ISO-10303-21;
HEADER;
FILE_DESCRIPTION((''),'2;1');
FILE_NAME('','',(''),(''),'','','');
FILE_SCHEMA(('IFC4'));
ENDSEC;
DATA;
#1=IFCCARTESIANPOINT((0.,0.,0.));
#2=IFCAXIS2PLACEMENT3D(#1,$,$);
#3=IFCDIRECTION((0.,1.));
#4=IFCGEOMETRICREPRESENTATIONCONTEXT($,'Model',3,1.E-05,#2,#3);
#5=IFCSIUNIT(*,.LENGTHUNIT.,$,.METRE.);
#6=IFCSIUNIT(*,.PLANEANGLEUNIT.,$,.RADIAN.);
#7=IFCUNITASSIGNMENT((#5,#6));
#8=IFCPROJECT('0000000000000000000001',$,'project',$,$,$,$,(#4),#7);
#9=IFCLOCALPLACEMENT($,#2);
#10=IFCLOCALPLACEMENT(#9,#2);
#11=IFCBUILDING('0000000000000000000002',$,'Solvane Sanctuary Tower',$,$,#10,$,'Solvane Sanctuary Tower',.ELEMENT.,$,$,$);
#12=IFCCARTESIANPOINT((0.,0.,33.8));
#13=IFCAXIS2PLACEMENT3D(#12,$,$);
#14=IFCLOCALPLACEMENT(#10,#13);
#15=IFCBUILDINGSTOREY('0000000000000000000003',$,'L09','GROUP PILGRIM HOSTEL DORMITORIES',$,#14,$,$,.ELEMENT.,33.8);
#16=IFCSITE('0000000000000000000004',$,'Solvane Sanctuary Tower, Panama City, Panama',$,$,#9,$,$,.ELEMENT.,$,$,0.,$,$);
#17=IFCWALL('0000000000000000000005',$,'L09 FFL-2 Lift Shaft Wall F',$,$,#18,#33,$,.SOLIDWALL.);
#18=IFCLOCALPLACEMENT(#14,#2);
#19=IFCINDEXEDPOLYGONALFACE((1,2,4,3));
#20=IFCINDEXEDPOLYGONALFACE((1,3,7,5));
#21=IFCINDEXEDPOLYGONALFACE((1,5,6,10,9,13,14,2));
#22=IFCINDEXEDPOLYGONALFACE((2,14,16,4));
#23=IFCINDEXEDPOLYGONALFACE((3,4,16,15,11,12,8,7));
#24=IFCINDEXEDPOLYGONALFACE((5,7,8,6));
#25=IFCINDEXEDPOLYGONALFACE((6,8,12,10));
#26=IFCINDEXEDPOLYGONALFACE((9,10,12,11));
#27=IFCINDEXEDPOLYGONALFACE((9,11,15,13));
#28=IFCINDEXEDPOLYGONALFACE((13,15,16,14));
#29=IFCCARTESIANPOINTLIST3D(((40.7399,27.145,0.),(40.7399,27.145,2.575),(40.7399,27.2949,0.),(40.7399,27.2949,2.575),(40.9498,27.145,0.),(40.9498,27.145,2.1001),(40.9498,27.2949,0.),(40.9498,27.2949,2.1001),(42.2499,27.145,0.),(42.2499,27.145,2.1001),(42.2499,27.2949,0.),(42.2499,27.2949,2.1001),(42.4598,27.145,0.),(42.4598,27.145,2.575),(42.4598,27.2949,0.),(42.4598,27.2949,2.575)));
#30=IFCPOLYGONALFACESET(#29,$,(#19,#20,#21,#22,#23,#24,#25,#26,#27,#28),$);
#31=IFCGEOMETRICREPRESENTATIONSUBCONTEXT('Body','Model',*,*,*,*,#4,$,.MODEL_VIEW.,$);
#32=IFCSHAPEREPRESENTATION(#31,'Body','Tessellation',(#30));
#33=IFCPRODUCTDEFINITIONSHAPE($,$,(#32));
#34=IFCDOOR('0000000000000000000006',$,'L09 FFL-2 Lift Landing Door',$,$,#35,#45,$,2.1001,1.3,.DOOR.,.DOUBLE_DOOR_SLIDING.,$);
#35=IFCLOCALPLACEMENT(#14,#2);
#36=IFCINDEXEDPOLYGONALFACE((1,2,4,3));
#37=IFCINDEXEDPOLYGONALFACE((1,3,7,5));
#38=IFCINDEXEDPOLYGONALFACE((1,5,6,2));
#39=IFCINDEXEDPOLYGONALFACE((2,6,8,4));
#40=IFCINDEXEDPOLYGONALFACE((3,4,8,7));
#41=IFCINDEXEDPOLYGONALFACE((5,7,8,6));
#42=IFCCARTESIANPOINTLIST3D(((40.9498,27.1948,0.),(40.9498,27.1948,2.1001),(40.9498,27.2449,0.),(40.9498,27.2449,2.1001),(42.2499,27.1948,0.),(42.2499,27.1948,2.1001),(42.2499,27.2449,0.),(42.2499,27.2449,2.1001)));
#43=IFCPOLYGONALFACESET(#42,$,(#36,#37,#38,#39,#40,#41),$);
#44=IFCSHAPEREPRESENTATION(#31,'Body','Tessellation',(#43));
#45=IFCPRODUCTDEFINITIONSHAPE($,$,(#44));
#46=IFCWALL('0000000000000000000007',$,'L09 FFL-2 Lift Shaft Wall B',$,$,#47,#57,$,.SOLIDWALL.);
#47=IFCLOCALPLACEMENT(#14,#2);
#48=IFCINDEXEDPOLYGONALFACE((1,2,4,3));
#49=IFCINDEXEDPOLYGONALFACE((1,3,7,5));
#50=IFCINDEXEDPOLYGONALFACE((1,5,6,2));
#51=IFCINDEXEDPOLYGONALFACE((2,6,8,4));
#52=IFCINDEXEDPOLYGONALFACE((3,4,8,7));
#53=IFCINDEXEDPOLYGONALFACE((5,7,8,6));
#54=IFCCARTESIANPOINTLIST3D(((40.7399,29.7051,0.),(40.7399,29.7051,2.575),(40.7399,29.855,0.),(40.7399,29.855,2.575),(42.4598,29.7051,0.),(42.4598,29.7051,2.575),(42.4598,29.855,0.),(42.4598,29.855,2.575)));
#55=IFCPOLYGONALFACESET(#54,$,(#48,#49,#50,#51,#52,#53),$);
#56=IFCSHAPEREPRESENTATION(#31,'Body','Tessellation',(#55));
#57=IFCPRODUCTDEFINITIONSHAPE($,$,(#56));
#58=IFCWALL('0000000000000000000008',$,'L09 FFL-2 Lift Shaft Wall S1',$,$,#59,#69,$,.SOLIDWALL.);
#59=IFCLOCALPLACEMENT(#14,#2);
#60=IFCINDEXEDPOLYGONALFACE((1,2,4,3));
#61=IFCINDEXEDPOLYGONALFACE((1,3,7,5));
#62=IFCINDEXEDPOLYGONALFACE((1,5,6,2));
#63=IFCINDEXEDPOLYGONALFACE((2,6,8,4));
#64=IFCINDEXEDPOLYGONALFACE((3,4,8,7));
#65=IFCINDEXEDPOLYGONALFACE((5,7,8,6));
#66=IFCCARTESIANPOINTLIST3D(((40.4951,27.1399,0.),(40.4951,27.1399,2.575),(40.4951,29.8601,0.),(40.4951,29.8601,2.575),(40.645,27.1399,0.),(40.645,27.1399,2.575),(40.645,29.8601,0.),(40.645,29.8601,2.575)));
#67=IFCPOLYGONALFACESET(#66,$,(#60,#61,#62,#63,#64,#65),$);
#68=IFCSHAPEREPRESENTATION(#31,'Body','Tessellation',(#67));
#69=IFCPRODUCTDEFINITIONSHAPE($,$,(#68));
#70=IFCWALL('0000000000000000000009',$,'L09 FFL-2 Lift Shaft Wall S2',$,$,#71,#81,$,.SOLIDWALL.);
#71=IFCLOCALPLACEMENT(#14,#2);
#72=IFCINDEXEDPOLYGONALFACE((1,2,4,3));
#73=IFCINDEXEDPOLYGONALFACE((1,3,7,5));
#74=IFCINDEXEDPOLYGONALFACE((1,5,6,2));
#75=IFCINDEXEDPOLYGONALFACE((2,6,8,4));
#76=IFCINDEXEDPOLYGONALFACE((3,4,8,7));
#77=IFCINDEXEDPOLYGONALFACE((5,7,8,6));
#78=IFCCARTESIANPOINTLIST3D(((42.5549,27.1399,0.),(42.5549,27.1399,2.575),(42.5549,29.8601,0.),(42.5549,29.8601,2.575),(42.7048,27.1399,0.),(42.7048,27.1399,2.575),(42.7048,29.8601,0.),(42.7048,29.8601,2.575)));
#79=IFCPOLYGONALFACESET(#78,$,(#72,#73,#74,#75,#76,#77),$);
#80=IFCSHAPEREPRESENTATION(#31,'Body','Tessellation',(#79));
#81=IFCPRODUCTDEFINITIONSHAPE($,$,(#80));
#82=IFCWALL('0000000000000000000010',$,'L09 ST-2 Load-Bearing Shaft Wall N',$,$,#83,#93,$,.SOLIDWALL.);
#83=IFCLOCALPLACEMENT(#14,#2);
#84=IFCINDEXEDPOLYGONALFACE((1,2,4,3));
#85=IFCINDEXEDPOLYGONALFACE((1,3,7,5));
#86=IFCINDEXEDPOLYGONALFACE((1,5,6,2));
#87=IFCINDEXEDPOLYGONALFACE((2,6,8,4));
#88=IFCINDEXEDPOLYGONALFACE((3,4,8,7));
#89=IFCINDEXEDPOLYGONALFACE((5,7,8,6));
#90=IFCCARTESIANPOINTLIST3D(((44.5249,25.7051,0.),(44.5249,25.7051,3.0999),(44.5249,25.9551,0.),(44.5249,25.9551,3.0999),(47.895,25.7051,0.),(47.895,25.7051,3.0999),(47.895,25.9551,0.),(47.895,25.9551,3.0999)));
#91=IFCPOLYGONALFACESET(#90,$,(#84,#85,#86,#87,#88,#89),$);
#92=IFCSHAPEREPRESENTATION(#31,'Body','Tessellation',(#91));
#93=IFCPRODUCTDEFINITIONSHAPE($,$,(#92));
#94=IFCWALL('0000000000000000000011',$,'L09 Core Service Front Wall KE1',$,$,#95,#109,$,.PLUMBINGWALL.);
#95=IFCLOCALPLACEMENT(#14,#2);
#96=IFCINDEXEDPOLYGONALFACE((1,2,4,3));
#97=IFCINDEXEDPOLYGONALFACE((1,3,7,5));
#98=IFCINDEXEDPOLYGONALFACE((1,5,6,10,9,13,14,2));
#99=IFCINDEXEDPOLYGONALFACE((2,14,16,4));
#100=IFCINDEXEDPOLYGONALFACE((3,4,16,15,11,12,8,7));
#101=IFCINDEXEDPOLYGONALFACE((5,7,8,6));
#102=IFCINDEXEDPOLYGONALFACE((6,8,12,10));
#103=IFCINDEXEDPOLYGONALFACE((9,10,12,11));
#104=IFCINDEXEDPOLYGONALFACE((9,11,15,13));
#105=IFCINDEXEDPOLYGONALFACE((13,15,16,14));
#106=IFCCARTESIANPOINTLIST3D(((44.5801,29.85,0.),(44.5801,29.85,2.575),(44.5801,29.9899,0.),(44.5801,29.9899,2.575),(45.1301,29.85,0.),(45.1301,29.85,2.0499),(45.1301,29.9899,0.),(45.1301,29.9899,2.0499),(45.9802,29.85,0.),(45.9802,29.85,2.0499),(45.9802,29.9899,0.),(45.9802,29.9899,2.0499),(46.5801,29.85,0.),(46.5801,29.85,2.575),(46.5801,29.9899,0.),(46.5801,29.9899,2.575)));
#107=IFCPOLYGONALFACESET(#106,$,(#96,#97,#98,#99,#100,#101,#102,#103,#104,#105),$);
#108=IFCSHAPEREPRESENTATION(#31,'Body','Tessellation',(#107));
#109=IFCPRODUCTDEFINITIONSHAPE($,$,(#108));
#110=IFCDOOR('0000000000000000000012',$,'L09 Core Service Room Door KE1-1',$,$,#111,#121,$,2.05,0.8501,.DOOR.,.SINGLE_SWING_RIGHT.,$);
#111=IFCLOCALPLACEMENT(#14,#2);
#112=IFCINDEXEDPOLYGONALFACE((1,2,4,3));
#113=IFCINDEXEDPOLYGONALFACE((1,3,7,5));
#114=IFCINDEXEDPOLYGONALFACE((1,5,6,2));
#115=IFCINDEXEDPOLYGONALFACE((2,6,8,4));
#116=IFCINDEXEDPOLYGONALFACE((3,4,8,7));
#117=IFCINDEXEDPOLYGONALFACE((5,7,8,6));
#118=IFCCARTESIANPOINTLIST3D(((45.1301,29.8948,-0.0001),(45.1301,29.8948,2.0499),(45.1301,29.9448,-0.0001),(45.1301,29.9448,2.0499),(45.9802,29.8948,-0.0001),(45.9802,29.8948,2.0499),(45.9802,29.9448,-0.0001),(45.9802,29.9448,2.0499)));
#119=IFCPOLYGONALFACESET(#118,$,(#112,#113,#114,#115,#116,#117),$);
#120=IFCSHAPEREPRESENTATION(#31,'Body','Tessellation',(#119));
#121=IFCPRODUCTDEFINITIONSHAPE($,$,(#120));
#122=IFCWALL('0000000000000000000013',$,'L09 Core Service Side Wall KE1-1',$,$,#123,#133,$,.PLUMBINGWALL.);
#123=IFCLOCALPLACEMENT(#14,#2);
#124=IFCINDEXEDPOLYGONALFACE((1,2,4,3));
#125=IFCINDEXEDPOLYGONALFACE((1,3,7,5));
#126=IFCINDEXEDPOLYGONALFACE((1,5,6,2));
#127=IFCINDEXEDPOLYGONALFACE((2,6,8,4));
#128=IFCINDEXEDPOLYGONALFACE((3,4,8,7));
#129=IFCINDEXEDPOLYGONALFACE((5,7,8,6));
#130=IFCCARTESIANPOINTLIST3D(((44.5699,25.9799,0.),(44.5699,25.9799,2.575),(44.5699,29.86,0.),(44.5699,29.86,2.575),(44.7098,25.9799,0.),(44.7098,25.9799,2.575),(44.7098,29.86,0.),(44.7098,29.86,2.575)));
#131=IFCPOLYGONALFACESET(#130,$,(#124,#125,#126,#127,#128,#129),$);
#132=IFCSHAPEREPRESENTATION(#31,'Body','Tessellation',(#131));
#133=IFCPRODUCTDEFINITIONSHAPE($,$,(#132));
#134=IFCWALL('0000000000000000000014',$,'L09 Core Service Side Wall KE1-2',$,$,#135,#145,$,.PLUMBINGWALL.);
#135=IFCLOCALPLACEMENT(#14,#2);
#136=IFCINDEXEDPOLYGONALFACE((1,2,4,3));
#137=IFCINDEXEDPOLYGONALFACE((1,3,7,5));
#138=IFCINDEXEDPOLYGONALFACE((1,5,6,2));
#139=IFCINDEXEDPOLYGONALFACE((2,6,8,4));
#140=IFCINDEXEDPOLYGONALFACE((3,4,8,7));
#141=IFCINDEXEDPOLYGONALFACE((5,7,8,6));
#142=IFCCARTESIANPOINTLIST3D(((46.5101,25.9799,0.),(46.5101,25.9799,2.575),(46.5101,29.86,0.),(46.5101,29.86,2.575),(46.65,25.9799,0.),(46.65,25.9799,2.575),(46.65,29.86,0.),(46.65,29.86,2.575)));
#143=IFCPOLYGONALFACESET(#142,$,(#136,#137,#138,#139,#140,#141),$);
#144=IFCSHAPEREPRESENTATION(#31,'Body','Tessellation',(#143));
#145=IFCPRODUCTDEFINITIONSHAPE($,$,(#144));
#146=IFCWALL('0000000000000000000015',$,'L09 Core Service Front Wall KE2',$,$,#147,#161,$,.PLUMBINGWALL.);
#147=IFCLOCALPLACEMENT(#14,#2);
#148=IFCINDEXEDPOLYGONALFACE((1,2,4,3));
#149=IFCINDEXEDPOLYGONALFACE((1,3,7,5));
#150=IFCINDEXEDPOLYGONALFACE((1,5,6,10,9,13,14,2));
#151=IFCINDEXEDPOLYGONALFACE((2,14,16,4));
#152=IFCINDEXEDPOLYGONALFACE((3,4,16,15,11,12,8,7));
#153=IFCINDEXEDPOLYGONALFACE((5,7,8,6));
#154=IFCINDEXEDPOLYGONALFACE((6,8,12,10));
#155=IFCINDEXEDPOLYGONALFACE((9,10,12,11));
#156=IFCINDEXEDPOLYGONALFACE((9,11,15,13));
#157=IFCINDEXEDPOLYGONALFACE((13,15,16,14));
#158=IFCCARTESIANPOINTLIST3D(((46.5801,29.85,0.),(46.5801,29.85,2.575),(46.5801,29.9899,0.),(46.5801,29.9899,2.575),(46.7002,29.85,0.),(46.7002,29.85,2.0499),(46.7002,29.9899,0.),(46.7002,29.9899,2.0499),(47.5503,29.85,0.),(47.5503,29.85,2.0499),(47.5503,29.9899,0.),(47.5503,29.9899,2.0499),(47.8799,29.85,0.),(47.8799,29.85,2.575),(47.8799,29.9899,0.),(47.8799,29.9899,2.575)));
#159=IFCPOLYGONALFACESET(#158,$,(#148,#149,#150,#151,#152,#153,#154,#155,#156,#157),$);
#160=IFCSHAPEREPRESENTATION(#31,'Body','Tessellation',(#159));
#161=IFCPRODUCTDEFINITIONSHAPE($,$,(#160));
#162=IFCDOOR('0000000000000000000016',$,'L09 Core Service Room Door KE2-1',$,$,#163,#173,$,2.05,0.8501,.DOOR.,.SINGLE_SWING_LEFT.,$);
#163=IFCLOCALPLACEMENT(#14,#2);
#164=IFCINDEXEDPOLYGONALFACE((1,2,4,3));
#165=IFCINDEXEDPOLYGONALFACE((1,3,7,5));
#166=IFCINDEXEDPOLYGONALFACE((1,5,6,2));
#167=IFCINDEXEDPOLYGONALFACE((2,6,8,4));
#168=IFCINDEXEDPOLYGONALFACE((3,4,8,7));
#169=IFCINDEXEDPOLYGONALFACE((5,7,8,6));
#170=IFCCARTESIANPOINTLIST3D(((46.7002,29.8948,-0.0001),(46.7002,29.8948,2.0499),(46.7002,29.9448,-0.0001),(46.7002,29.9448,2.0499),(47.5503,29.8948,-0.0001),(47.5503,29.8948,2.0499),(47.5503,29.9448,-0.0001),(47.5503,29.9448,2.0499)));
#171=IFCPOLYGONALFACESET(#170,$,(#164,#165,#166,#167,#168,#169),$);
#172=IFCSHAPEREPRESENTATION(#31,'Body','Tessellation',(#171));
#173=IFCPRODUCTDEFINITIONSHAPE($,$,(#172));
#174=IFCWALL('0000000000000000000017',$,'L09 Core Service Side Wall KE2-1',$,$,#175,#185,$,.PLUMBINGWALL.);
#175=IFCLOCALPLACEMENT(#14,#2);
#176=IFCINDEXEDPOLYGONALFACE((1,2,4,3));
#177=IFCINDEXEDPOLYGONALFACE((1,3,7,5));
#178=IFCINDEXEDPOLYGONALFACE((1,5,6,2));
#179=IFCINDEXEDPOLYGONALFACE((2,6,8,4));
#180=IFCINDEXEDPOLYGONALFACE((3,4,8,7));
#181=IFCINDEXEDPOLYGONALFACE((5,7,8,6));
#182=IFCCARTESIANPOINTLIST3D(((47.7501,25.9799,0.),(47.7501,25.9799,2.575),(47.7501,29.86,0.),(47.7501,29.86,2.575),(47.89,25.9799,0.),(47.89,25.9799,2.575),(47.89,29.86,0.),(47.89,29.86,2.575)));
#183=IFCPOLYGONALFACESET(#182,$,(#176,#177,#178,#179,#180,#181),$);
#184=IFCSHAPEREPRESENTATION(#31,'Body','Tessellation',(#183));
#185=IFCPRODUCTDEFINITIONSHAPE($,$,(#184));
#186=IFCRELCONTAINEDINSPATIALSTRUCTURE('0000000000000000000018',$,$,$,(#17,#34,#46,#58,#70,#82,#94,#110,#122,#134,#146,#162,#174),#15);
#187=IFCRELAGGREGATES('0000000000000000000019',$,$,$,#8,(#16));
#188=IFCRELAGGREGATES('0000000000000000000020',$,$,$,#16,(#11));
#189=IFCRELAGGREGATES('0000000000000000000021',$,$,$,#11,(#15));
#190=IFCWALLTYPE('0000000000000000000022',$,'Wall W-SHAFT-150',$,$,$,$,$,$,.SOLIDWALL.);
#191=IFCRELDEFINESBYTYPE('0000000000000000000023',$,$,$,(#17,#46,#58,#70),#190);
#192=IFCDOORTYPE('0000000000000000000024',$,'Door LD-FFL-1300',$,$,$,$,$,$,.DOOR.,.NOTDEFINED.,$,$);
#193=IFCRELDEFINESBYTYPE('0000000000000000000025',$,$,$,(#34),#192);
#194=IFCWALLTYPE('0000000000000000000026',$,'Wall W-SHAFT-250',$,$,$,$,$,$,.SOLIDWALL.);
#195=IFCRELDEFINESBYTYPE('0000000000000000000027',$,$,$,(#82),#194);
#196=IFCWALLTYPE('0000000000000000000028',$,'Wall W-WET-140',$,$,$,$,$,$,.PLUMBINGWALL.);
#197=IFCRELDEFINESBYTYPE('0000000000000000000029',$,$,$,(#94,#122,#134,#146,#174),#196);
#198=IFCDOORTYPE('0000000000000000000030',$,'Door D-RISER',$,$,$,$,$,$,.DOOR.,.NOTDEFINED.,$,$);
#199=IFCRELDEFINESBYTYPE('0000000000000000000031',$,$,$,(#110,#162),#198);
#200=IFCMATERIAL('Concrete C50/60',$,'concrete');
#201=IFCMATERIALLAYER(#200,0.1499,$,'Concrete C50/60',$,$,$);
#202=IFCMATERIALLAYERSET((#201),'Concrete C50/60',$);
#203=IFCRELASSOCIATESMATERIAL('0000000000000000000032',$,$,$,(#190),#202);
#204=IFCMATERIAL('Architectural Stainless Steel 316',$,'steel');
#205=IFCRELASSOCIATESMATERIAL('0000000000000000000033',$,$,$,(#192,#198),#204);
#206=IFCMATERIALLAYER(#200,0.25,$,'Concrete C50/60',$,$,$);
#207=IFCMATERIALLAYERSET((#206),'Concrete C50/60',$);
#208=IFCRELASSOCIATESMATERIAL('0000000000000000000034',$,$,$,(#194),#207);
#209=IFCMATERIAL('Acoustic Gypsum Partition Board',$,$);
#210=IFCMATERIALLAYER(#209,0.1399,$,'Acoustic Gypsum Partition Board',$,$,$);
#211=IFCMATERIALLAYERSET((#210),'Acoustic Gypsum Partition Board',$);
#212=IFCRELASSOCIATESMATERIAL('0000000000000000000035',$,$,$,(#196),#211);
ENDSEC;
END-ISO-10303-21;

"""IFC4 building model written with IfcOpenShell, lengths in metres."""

from ifc_helpers import new_model, si_unit, direction, frame, frame_2d, origin, place, context, subcontext, project, spatial, rectangle, extrude, material, layer, layer_set, type_object, element, fill, save


model = new_model("IFC4")

# Units and contexts
model_context = context("Model", 3, precision=1e-05, world=origin(), true_north=direction((0.0, 1.0)))
body_context = subcontext(model_context, "Body", "Model", "MODEL_VIEW")
ifc_project = project(units=[si_unit("LENGTHUNIT", "METRE"), si_unit("PLANEANGLEUNIT", "RADIAN")], contexts=[model_context])

# Site, building, storey
site_placement = place(None, origin())
site = spatial("IfcSite", under=ifc_project, at=site_placement, Name="Solvane Sanctuary Tower, Panama City, Panama", CompositionType="ELEMENT", RefElevation=0.0)
building_placement = place(site_placement, origin())
building = spatial("IfcBuilding", under=site, at=building_placement, Name="Solvane Sanctuary Tower", LongName="Solvane Sanctuary Tower", CompositionType="ELEMENT")
storey_placement = place(building_placement, frame((0.0, 0.0, 33.8)))
storey = spatial("IfcBuildingStorey", under=building, at=storey_placement, Name="L09", Description="GROUP PILGRIM HOSTEL DORMITORIES", CompositionType="ELEMENT", Elevation=33.8)

# Shared definitions
ifc_material_1 = material(Name="Acoustic Gypsum Partition Board")

# Shared definitions
ifc_material_2 = material(Name="Concrete C50/60", Category="concrete")
ifc_layer_1 = layer(ifc_material_2, 0.1499, Name="Concrete C50/60")
ifc_layer_set_1 = layer_set([ifc_layer_1], Name="Concrete C50/60")
wall_type_1 = type_object("IfcWallType", Name="Wall W-SHAFT-150", PredefinedType="SOLIDWALL", material=ifc_layer_set_1)

# Wall, opening, door
wall_1_placement = place(storey_placement, frame((40.74, 27.22, 0.0), z_axis=(0.0, 0.0, 1.0), x_axis=(1.0, 0.0, 0.0)))
wall_1 = element("IfcWall", 1, at=wall_1_placement, inside=storey, type_object=wall_type_1, Name="L09 FFL-2 Lift Shaft Wall F", PredefinedType="SOLIDWALL", context=body_context, shape_type="SweptSolid", body=[
    extrude(rectangle(XDim=1.72, YDim=0.1499, at=frame_2d((0.8599, 0.0))), origin(), (0.0, 0.0, 1.0), 2.575),
])
opening_1_placement = place(wall_1_placement, frame((0.21, 0.0, 0.0)))
opening_1 = element("IfcOpeningElement", 2, at=opening_1_placement, cuts=wall_1, PredefinedType="OPENING", context=body_context, shape_type="SweptSolid", body=[
    extrude(rectangle(XDim=1.3, YDim=2.1001, at=frame_2d((0.6499, 1.05))), frame((0.0, 0.085, 0.0), z_axis=(0.0, -1.0, 0.0), x_axis=(1.0, 0.0, 0.0)), (0.0, 0.0, 1.0), 0.1699),
])
ifc_material_3 = material(Name="Architectural Stainless Steel 316", Category="steel")
door_type_1 = type_object("IfcDoorType", Name="Door LD-FFL-1300", OperationType="NOTDEFINED", PredefinedType="DOOR", material=ifc_material_3)
door_1_placement = place(opening_1_placement, origin())
door_1 = element("IfcDoor", 3, at=door_1_placement, inside=storey, type_object=door_type_1, Name="L09 FFL-2 Lift Landing Door", OperationType="DOUBLE_DOOR_SLIDING", OverallHeight=2.1001, OverallWidth=1.3, PredefinedType="DOOR", context=body_context, shape_type="SweptSolid", body=[
    extrude(rectangle(XDim=1.3, YDim=2.1001, at=frame_2d((0.6499, 1.05))), frame((0.0, 0.0249, 0.0), z_axis=(0.0, -1.0, 0.0), x_axis=(1.0, 0.0, 0.0)), (0.0, 0.0, 1.0), 0.05),
])
fill(opening_1, door_1)

# Walls
wall_2_placement = place(storey_placement, frame((40.74, 29.78, 0.0), z_axis=(0.0, 0.0, 1.0), x_axis=(1.0, 0.0, 0.0)))
element("IfcWall", 4, at=wall_2_placement, inside=storey, type_object=wall_type_1, Name="L09 FFL-2 Lift Shaft Wall B", PredefinedType="SOLIDWALL", context=body_context, shape_type="SweptSolid", body=[
    extrude(rectangle(XDim=1.72, YDim=0.1499, at=frame_2d((0.8599, 0.0))), origin(), (0.0, 0.0, 1.0), 2.575),
])
for number, where, z_axis, x_axis, name in (
    (5, (40.5701, 27.1399, 0.0), (0.0, 0.0, 1.0), (0.0, 1.0, 0.0), "L09 FFL-2 Lift Shaft Wall S1"),
    (6, (42.6299, 27.1399, 0.0), (0.0, 0.0, 1.0), (0.0, 1.0, 0.0), "L09 FFL-2 Lift Shaft Wall S2"),
):
    element("IfcWall", number, at=place(storey_placement, frame(where, z_axis=z_axis, x_axis=x_axis)), inside=storey, type_object=wall_type_1, Name=name, PredefinedType="SOLIDWALL", context=body_context, shape_type="SweptSolid", body=[
        extrude(rectangle(XDim=2.7202, YDim=0.1499, at=frame_2d((1.3601, 0.0))), origin(), (0.0, 0.0, 1.0), 2.575),
    ])
ifc_layer_2 = layer(ifc_material_2, 0.25, Name="Concrete C50/60")
ifc_layer_set_2 = layer_set([ifc_layer_2], Name="Concrete C50/60")
wall_type_2 = type_object("IfcWallType", Name="Wall W-SHAFT-250", PredefinedType="SOLIDWALL", material=ifc_layer_set_2)
wall_3_placement = place(storey_placement, frame((44.5249, 25.8301, 0.0), z_axis=(0.0, 0.0, 1.0), x_axis=(1.0, 0.0, 0.0)))
element("IfcWall", 7, at=wall_3_placement, inside=storey, type_object=wall_type_2, Name="L09 ST-2 Load-Bearing Shaft Wall N", PredefinedType="SOLIDWALL", context=body_context, shape_type="SweptSolid", body=[
    extrude(rectangle(XDim=3.3701, YDim=0.25, at=frame_2d((1.6851, 0.0))), origin(), (0.0, 0.0, 1.0), 3.0999),
])

# Wall, opening, door
ifc_layer_3 = layer(ifc_material_1, 0.1399, Name="Acoustic Gypsum Partition Board")
ifc_layer_set_3 = layer_set([ifc_layer_3], Name="Acoustic Gypsum Partition Board")
wall_type_3 = type_object("IfcWallType", Name="Wall W-WET-140", PredefinedType="PLUMBINGWALL", material=ifc_layer_set_3)
wall_4_placement = place(storey_placement, frame((44.5801, 29.9199, 0.0), z_axis=(0.0, 0.0, 1.0), x_axis=(1.0, 0.0, 0.0)))
wall_4 = element("IfcWall", 8, at=wall_4_placement, inside=storey, type_object=wall_type_3, Name="L09 Core Service Front Wall KE1", PredefinedType="PLUMBINGWALL", context=body_context, shape_type="SweptSolid", body=[
    extrude(rectangle(XDim=2.0, YDim=0.1399, at=frame_2d((1.0, 0.0))), origin(), (0.0, 0.0, 1.0), 2.575),
])
opening_2_placement = place(wall_4_placement, frame((0.55, 0.0, 0.0)))
opening_2 = element("IfcOpeningElement", 9, at=opening_2_placement, cuts=wall_4, PredefinedType="OPENING", context=body_context, shape_type="SweptSolid", body=[
    extrude(rectangle(XDim=0.8501, YDim=2.05, at=frame_2d((0.425, 1.0249))), frame((0.0, 0.0798, 0.0), z_axis=(0.0, -1.0, 0.0), x_axis=(1.0, 0.0, 0.0)), (0.0, 0.0, 1.0), 0.1599),
])
door_type_2 = type_object("IfcDoorType", Name="Door D-RISER", OperationType="NOTDEFINED", PredefinedType="DOOR", material=ifc_material_3)
door_2_placement = place(opening_2_placement, origin())
door_2 = element("IfcDoor", 10, at=door_2_placement, inside=storey, type_object=door_type_2, Name="L09 Core Service Room Door KE1-1", OperationType="SINGLE_SWING_RIGHT", OverallHeight=2.05, OverallWidth=0.8501, PredefinedType="DOOR", context=body_context, shape_type="SweptSolid", body=[
    extrude(rectangle(XDim=0.8501, YDim=2.05, at=frame_2d((0.425, 1.0249))), frame((0.0, 0.0249, 0.0), z_axis=(0.0, -1.0, 0.0), x_axis=(1.0, 0.0, 0.0)), (0.0, 0.0, 1.0), 0.05),
])
fill(opening_2, door_2)

# Walls
for number, where, z_axis, x_axis, name in (
    (11, (44.6399, 25.98, 0.0), (0.0, 0.0, 1.0), (0.0, 1.0, 0.0), "L09 Core Service Side Wall KE1-1"),
    (12, (46.5801, 25.98, 0.0), (0.0, 0.0, 1.0), (0.0, 1.0, 0.0), "L09 Core Service Side Wall KE1-2"),
):
    element("IfcWall", number, at=place(storey_placement, frame(where, z_axis=z_axis, x_axis=x_axis)), inside=storey, type_object=wall_type_3, Name=name, PredefinedType="PLUMBINGWALL", context=body_context, shape_type="SweptSolid", body=[
        extrude(rectangle(XDim=3.8801, YDim=0.1399, at=frame_2d((1.9399, 0.0))), origin(), (0.0, 0.0, 1.0), 2.575),
    ])

# Wall, opening, door
wall_5_placement = place(storey_placement, frame((46.5801, 29.9199, 0.0), z_axis=(0.0, 0.0, 1.0), x_axis=(1.0, 0.0, 0.0)))
wall_5 = element("IfcWall", 13, at=wall_5_placement, inside=storey, type_object=wall_type_3, Name="L09 Core Service Front Wall KE2", PredefinedType="PLUMBINGWALL", context=body_context, shape_type="SweptSolid", body=[
    extrude(rectangle(XDim=1.2998, YDim=0.1399, at=frame_2d((0.6499, 0.0))), origin(), (0.0, 0.0, 1.0), 2.575),
])
opening_3_placement = place(wall_5_placement, frame((0.1201, 0.0, 0.0)))
opening_3 = element("IfcOpeningElement", 14, at=opening_3_placement, cuts=wall_5, PredefinedType="OPENING", context=body_context, shape_type="SweptSolid", body=[
    extrude(rectangle(XDim=0.8501, YDim=2.05, at=frame_2d((0.425, 1.0249))), frame((0.0, 0.0798, 0.0), z_axis=(0.0, -1.0, 0.0), x_axis=(1.0, 0.0, 0.0)), (0.0, 0.0, 1.0), 0.1599),
])
door_3_placement = place(opening_3_placement, origin())
door_3 = element("IfcDoor", 15, at=door_3_placement, inside=storey, type_object=door_type_2, Name="L09 Core Service Room Door KE2-1", OperationType="SINGLE_SWING_LEFT", OverallHeight=2.05, OverallWidth=0.8501, PredefinedType="DOOR", context=body_context, shape_type="SweptSolid", body=[
    extrude(rectangle(XDim=0.8501, YDim=2.05, at=frame_2d((0.425, 1.0249))), frame((0.0, 0.0249, 0.0), z_axis=(0.0, -1.0, 0.0), x_axis=(1.0, 0.0, 0.0)), (0.0, 0.0, 1.0), 0.05),
])
fill(opening_3, door_3)

# Wall
wall_6_placement = place(storey_placement, frame((47.8201, 25.98, 0.0), z_axis=(0.0, 0.0, 1.0), x_axis=(0.0, 1.0, 0.0)))
element("IfcWall", 16, at=wall_6_placement, inside=storey, type_object=wall_type_3, Name="L09 Core Service Side Wall KE2-1", PredefinedType="PLUMBINGWALL", context=body_context, shape_type="SweptSolid", body=[
    extrude(rectangle(XDim=3.8801, YDim=0.1399, at=frame_2d((1.9399, 0.0))), origin(), (0.0, 0.0, 1.0), 2.575),
])

save(model, "model.ifc")
